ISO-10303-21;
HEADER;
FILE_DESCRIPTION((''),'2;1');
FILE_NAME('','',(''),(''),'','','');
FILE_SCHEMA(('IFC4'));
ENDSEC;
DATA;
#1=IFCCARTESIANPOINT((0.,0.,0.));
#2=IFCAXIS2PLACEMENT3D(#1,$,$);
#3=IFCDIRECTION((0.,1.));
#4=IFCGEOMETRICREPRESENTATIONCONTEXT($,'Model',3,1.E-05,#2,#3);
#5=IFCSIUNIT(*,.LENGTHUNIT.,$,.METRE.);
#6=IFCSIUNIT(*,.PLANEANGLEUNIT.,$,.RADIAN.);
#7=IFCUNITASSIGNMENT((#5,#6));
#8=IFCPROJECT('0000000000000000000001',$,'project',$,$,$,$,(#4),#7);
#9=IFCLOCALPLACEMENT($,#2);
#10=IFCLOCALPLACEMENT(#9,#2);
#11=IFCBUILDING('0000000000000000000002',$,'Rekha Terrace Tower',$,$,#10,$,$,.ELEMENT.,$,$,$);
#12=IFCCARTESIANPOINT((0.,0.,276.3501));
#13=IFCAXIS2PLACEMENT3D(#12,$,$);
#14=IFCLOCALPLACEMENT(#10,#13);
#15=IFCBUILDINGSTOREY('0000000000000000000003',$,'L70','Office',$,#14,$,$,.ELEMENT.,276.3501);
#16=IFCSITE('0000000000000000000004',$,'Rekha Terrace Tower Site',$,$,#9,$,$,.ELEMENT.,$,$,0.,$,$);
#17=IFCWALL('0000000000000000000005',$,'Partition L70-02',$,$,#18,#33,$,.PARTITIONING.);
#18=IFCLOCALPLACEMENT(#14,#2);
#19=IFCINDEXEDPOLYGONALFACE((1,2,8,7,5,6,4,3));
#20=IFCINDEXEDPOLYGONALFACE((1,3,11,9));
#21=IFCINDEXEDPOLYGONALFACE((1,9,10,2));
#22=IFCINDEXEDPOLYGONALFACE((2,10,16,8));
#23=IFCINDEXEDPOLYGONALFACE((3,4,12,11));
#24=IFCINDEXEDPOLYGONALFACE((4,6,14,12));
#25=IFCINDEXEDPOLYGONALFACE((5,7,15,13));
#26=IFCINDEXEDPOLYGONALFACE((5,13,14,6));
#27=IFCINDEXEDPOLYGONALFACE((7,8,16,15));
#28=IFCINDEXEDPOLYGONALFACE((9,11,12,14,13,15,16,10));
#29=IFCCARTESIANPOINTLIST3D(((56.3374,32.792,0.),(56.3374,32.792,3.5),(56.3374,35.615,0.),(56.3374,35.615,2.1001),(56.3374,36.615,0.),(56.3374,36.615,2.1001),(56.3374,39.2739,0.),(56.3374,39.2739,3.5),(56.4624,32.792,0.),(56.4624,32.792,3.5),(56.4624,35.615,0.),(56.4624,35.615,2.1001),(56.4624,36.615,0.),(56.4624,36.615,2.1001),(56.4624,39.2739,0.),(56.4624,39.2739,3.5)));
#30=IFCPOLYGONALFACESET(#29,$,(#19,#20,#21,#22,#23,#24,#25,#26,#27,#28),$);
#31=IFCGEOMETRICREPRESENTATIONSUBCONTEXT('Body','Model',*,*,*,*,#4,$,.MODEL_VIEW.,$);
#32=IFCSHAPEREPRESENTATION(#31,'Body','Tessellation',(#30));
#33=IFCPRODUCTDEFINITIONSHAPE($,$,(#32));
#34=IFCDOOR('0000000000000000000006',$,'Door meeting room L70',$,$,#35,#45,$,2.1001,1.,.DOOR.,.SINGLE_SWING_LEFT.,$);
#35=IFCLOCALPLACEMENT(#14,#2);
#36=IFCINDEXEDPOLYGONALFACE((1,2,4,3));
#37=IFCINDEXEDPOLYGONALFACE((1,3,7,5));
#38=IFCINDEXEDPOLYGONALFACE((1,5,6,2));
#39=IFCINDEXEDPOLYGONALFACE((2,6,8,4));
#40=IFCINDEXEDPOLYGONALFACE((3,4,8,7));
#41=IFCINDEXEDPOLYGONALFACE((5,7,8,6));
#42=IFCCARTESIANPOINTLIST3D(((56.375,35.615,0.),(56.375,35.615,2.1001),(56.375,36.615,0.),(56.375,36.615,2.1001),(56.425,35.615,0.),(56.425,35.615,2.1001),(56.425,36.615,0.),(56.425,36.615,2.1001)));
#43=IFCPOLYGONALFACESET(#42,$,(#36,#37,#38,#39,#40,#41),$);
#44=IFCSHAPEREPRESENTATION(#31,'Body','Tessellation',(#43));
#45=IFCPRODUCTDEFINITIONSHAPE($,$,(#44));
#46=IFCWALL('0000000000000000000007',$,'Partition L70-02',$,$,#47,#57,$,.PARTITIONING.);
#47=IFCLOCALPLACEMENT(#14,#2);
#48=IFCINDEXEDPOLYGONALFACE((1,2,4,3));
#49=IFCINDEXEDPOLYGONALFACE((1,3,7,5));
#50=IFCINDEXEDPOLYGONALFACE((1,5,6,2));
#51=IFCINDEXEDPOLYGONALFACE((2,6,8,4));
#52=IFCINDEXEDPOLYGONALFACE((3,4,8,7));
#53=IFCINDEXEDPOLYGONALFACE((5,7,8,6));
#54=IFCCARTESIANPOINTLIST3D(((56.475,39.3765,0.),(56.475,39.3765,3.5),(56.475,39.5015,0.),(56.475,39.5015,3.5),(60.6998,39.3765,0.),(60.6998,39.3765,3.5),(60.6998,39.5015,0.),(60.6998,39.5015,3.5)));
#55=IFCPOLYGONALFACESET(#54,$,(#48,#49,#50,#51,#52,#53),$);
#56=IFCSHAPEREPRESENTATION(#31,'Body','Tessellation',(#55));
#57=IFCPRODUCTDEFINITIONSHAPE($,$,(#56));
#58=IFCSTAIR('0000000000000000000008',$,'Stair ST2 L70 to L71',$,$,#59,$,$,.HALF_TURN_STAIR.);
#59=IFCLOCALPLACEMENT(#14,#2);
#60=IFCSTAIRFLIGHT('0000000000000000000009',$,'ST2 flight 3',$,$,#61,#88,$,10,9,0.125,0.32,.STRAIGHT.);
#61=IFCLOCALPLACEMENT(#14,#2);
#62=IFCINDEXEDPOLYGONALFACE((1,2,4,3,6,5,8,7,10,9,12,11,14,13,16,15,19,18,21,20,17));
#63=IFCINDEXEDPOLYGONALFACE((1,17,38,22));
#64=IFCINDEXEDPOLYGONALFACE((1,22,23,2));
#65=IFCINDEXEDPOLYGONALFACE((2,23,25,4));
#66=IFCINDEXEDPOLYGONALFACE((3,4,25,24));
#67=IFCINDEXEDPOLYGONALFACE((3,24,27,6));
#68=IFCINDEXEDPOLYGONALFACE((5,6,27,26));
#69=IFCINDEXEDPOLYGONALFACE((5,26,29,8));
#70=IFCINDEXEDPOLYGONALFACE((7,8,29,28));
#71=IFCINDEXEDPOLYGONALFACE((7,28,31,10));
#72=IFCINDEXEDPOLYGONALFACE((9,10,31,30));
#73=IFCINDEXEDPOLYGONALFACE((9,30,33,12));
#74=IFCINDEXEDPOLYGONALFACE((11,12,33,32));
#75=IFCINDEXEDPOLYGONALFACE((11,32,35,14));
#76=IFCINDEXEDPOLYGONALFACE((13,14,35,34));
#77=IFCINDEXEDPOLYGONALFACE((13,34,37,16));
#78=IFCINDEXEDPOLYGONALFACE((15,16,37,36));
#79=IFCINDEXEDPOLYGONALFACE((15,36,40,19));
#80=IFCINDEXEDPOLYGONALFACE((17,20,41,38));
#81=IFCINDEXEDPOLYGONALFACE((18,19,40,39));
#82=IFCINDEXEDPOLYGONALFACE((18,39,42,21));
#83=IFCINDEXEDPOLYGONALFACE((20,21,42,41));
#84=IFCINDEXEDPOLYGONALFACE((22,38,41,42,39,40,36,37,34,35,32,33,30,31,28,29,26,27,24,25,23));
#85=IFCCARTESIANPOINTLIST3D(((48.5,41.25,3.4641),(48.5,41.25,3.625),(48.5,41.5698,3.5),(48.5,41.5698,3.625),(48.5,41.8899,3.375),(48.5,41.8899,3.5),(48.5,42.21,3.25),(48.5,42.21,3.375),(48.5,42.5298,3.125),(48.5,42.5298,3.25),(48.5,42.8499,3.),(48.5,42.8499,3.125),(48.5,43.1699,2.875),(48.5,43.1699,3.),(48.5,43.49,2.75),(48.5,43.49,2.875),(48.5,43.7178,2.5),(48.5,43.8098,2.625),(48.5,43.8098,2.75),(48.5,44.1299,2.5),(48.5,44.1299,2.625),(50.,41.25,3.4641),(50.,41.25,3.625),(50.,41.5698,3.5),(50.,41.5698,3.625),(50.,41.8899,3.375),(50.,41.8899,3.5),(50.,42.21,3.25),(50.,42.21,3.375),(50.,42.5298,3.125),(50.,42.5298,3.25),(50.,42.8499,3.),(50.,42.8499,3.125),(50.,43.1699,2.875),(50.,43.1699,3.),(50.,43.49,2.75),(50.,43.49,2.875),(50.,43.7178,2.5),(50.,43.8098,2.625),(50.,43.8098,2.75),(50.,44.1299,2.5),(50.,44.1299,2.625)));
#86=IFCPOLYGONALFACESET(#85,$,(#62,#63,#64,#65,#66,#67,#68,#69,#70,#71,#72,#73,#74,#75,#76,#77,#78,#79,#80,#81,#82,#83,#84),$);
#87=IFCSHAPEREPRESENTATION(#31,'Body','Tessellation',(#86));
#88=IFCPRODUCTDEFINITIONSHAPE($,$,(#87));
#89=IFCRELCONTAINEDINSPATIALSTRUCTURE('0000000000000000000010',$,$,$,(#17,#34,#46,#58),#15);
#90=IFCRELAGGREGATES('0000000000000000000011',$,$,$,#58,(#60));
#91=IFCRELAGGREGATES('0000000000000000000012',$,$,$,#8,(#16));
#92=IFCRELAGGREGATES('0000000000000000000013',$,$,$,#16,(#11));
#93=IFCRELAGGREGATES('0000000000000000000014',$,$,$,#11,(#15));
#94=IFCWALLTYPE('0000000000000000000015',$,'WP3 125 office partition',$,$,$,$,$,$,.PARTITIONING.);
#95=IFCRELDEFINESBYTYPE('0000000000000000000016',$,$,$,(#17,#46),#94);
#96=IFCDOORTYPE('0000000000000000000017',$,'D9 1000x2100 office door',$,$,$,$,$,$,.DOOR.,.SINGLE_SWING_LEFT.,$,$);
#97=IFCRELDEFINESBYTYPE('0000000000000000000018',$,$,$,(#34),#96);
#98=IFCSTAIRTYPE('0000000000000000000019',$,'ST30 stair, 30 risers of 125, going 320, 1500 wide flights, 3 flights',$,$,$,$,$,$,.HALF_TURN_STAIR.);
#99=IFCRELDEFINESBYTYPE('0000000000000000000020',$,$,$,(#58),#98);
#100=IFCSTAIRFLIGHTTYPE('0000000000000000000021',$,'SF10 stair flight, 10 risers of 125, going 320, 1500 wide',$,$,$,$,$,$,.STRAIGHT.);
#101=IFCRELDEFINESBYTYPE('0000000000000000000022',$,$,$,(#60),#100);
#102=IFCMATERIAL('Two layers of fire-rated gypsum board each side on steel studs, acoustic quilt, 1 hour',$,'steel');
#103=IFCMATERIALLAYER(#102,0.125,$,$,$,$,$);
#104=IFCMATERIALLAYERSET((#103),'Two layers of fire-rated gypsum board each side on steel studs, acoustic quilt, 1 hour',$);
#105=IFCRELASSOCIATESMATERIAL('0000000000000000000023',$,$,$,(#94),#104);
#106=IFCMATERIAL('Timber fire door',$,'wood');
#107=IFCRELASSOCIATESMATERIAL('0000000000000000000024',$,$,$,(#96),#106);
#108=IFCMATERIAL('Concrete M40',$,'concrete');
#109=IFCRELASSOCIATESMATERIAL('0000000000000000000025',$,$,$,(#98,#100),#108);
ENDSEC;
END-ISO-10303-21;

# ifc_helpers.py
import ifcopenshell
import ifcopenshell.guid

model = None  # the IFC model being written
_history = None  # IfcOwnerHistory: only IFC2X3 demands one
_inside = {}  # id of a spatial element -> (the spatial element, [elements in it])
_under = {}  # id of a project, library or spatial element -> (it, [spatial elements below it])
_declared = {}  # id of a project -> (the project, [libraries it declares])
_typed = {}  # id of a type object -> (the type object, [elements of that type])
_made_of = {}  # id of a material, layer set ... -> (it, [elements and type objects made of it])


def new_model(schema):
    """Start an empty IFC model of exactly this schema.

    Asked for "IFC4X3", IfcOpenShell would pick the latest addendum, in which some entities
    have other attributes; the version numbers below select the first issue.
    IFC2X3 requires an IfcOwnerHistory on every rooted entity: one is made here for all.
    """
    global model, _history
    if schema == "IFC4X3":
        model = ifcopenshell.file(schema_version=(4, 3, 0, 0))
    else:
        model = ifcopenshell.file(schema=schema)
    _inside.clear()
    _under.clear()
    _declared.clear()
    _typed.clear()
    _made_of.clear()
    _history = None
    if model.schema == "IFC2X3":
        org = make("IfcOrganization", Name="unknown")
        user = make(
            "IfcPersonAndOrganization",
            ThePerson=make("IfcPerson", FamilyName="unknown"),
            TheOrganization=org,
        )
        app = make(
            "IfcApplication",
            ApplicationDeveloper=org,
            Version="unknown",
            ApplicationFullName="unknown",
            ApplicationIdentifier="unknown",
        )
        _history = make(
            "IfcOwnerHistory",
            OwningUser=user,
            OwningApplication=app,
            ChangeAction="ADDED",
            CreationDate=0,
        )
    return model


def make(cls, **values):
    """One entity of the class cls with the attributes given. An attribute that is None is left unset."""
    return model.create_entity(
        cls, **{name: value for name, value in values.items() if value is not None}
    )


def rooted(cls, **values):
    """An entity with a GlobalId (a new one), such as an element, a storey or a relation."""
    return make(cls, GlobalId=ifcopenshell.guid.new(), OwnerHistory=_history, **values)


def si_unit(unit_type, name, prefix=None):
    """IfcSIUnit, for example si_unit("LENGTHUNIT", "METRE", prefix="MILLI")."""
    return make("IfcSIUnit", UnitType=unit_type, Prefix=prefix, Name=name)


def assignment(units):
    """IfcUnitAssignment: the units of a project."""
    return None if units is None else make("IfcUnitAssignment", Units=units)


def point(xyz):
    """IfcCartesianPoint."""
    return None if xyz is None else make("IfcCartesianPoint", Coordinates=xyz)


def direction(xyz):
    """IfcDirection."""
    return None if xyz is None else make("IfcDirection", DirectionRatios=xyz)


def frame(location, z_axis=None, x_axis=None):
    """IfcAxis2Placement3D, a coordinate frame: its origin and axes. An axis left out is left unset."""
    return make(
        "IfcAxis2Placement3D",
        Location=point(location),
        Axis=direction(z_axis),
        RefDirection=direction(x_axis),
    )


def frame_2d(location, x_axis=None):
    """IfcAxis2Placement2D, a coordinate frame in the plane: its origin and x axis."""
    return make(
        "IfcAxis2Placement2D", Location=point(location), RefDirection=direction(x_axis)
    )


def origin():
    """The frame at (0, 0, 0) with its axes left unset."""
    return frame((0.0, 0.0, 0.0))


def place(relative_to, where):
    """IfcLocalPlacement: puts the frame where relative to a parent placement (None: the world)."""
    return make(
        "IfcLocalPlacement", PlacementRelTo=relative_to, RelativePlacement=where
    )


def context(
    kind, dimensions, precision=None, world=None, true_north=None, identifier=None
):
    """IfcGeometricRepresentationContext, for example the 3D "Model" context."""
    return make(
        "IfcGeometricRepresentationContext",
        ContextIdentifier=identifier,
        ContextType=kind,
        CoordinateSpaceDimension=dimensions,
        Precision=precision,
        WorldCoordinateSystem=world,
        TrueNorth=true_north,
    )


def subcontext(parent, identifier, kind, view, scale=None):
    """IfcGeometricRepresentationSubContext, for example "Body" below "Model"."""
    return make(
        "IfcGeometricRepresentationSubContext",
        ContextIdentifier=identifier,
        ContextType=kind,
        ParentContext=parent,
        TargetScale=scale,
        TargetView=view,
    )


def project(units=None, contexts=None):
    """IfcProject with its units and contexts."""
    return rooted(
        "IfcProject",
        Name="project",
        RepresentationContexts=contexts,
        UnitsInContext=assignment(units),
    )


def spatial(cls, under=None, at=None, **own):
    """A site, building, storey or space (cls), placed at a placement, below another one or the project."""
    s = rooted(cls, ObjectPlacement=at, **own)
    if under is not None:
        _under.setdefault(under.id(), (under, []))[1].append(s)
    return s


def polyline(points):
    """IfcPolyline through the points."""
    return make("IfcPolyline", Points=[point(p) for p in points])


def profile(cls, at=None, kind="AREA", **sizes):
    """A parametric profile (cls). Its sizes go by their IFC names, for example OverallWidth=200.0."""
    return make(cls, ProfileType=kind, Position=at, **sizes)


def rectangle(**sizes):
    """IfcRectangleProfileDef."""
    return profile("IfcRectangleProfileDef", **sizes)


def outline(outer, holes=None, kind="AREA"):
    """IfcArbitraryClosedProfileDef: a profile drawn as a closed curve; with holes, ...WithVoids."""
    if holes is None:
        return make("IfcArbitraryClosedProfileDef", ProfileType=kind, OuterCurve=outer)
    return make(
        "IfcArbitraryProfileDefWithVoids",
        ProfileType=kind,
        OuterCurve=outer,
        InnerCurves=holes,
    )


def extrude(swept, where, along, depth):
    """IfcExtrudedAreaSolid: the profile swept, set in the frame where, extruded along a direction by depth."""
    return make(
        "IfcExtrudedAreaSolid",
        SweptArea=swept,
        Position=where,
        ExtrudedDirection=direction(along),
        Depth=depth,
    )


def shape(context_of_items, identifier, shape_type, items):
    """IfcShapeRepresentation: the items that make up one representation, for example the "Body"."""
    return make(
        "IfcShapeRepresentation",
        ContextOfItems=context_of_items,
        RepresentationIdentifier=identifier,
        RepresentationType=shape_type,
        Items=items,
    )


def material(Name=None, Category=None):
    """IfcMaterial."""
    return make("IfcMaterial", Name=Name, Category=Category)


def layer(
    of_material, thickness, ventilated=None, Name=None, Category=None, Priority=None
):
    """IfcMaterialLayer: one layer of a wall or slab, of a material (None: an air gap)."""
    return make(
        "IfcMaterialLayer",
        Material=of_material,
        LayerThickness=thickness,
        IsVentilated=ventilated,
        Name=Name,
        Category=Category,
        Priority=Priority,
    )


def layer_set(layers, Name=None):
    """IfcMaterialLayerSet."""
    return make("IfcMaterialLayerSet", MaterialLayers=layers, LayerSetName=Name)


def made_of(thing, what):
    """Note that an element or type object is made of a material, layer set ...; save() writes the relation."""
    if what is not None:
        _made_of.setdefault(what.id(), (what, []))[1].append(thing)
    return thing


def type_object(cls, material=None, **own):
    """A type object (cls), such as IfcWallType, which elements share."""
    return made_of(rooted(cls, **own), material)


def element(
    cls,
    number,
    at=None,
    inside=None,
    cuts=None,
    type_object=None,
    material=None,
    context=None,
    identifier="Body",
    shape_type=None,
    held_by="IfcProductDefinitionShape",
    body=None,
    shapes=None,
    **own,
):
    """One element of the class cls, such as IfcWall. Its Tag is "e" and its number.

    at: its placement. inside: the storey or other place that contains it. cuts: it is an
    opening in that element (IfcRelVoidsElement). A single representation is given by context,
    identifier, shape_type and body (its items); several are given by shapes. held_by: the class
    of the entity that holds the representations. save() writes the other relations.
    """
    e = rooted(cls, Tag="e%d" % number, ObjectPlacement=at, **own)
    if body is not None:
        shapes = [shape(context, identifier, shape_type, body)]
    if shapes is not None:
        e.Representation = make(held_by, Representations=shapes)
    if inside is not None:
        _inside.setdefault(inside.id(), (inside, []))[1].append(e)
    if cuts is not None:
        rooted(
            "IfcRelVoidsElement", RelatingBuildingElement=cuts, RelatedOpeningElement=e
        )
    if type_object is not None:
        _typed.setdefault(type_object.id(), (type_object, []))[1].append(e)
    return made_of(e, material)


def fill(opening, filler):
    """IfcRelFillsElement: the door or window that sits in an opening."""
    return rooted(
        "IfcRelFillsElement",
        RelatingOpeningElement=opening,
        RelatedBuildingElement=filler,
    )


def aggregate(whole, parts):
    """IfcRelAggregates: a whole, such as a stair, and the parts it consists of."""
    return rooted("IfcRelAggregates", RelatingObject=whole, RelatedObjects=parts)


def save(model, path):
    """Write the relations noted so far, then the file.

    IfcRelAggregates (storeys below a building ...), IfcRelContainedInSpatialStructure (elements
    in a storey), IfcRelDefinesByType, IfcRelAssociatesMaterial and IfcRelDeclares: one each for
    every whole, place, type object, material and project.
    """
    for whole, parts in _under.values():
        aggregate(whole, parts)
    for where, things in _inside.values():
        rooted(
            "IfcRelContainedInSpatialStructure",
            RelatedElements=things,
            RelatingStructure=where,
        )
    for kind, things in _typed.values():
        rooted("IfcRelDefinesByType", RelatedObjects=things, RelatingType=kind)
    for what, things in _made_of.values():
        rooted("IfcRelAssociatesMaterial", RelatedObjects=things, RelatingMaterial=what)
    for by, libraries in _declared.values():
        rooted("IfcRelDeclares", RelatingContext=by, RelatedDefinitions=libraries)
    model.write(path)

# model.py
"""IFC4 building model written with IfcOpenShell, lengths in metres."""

from ifc_helpers import new_model, si_unit, direction, frame, frame_2d, origin, place, context, subcontext, project, spatial, polyline, rectangle, outline, extrude, material, layer, layer_set, type_object, element, fill, aggregate, save


model = new_model("IFC4")

# Units and contexts
model_context = context("Model", 3, precision=1e-05, world=origin(), true_north=direction((0.0, 1.0)))
body_context = subcontext(model_context, "Body", "Model", "MODEL_VIEW")
ifc_project = project(units=[si_unit("LENGTHUNIT", "METRE"), si_unit("PLANEANGLEUNIT", "RADIAN")], contexts=[model_context])

# Site, building, storey
site_placement = place(None, origin())
site = spatial("IfcSite", under=ifc_project, at=site_placement, Name="Rekha Terrace Tower Site", CompositionType="ELEMENT", RefElevation=0.0)
building_placement = place(site_placement, origin())
building = spatial("IfcBuilding", under=site, at=building_placement, Name="Rekha Terrace Tower", CompositionType="ELEMENT")
storey_placement = place(building_placement, frame((0.0, 0.0, 276.3501)))
storey = spatial("IfcBuildingStorey", under=building, at=storey_placement, Name="L70", Description="Office", CompositionType="ELEMENT", Elevation=276.3501)

# Shared definitions
ifc_material_1 = material(Name="Two layers of fire-rated gypsum board each side on steel studs, acoustic quilt, 1 hour", Category="steel")
ifc_layer_1 = layer(ifc_material_1, 0.125)
ifc_layer_set_1 = layer_set([ifc_layer_1], Name="Two layers of fire-rated gypsum board each side on steel studs, acoustic quilt, 1 hour")
wall_type_1 = type_object("IfcWallType", Name="WP3 125 office partition", PredefinedType="PARTITIONING", material=ifc_layer_set_1)

# Wall, opening, door
wall_1_placement = place(storey_placement, frame((56.3999, 32.792, 0.0), z_axis=(0.0, 0.0, 1.0), x_axis=(0.0, 1.0, 0.0)))
wall_1 = element("IfcWall", 1, at=wall_1_placement, inside=storey, type_object=wall_type_1, Name="Partition L70-02", PredefinedType="PARTITIONING", context=body_context, shape_type="SweptSolid", body=[
    extrude(rectangle(XDim=6.4819, YDim=0.125, at=frame_2d((3.241, 0.0))), origin(), (0.0, 0.0, 1.0), 3.5),
])
opening_1_placement = place(wall_1_placement, frame((2.823, 0.0, 0.0)))
opening_1 = element("IfcOpeningElement", 2, at=opening_1_placement, cuts=wall_1, PredefinedType="OPENING", context=body_context, shape_type="SweptSolid", body=[
    extrude(rectangle(XDim=1.0, YDim=2.1001, at=frame_2d((0.5, 1.05))), frame((0.0, 0.0725, 0.0), z_axis=(0.0, -1.0, 0.0), x_axis=(1.0, 0.0, 0.0)), (0.0, 0.0, 1.0), 0.145),
])
ifc_material_2 = material(Name="Timber fire door", Category="wood")
door_type_1 = type_object("IfcDoorType", Name="D9 1000x2100 office door", OperationType="SINGLE_SWING_LEFT", PredefinedType="DOOR", material=ifc_material_2)
door_1_placement = place(opening_1_placement, origin())
door_1 = element("IfcDoor", 3, at=door_1_placement, inside=storey, type_object=door_type_1, Name="Door meeting room L70", OperationType="SINGLE_SWING_LEFT", OverallHeight=2.1001, OverallWidth=1.0, PredefinedType="DOOR", context=body_context, shape_type="SweptSolid", body=[
    extrude(rectangle(XDim=1.0, YDim=2.1001, at=frame_2d((0.5, 1.05))), frame((0.0, 0.0249, 0.0), z_axis=(0.0, -1.0, 0.0), x_axis=(1.0, 0.0, 0.0)), (0.0, 0.0, 1.0), 0.05),
])
fill(opening_1, door_1)

# Wall
wall_2_placement = place(storey_placement, frame((56.4751, 39.439, 0.0), z_axis=(0.0, 0.0, 1.0), x_axis=(1.0, 0.0, 0.0)))
element("IfcWall", 4, at=wall_2_placement, inside=storey, type_object=wall_type_1, Name="Partition L70-02", PredefinedType="PARTITIONING", context=body_context, shape_type="SweptSolid", body=[
    extrude(rectangle(XDim=4.2249, YDim=0.125, at=frame_2d((2.1123, 0.0))), origin(), (0.0, 0.0, 1.0), 3.5),
])

# Stair, stair flight
ifc_material_3 = material(Name="Concrete M40", Category="concrete")
stair_type = type_object("IfcStairType", Name="ST30 stair, 30 risers of 125, going 320, 1500 wide flights, 3 flights", PredefinedType="HALF_TURN_STAIR", material=ifc_material_3)
stair_placement = place(storey_placement, origin())
stair = element("IfcStair", 5, at=stair_placement, inside=storey, type_object=stair_type, Name="Stair ST2 L70 to L71", PredefinedType="HALF_TURN_STAIR")
stair_flight_type = type_object("IfcStairFlightType", Name="SF10 stair flight, 10 risers of 125, going 320, 1500 wide", PredefinedType="STRAIGHT", material=ifc_material_3)
stair_flight_placement = place(storey_placement, frame((49.25, 44.1299, 2.5), z_axis=(0.0, 0.0, 1.0), x_axis=(0.0, -1.0, 0.0)))
stair_flight = element("IfcStairFlight", 6, at=stair_flight_placement, type_object=stair_flight_type, Name="ST2 flight 3", NumberOfRisers=10, NumberOfTreads=9, PredefinedType="STRAIGHT", RiserHeight=0.125, TreadLength=0.32, context=body_context, shape_type="SweptSolid", body=[
    extrude(outline(polyline([(0.0, 0.0), (0.0, 0.125), (0.3201, 0.125), (0.3201, 0.25), (0.6399, 0.25), (0.6399, 0.375), (0.96, 0.375), (0.96, 0.5), (1.28, 0.5), (1.28, 0.625), (1.6001, 0.625), (1.6001, 0.75), (1.9199, 0.75), (1.9199, 0.875), (2.24, 0.875), (2.24, 1.0), (2.5601, 1.0), (2.5601, 1.125), (2.8799, 1.125), (2.8799, 1.25), (2.8799, 0.9641), (0.4121, 0.0), (0.0, 0.0)])), frame((0.0, 0.75, 0.0), z_axis=(0.0, -1.0, 0.0), x_axis=(1.0, 0.0, 0.0)), (0.0, 0.0, 1.0), 1.5),
])
aggregate(stair, [stair_flight])

save(model, "model.ifc")
